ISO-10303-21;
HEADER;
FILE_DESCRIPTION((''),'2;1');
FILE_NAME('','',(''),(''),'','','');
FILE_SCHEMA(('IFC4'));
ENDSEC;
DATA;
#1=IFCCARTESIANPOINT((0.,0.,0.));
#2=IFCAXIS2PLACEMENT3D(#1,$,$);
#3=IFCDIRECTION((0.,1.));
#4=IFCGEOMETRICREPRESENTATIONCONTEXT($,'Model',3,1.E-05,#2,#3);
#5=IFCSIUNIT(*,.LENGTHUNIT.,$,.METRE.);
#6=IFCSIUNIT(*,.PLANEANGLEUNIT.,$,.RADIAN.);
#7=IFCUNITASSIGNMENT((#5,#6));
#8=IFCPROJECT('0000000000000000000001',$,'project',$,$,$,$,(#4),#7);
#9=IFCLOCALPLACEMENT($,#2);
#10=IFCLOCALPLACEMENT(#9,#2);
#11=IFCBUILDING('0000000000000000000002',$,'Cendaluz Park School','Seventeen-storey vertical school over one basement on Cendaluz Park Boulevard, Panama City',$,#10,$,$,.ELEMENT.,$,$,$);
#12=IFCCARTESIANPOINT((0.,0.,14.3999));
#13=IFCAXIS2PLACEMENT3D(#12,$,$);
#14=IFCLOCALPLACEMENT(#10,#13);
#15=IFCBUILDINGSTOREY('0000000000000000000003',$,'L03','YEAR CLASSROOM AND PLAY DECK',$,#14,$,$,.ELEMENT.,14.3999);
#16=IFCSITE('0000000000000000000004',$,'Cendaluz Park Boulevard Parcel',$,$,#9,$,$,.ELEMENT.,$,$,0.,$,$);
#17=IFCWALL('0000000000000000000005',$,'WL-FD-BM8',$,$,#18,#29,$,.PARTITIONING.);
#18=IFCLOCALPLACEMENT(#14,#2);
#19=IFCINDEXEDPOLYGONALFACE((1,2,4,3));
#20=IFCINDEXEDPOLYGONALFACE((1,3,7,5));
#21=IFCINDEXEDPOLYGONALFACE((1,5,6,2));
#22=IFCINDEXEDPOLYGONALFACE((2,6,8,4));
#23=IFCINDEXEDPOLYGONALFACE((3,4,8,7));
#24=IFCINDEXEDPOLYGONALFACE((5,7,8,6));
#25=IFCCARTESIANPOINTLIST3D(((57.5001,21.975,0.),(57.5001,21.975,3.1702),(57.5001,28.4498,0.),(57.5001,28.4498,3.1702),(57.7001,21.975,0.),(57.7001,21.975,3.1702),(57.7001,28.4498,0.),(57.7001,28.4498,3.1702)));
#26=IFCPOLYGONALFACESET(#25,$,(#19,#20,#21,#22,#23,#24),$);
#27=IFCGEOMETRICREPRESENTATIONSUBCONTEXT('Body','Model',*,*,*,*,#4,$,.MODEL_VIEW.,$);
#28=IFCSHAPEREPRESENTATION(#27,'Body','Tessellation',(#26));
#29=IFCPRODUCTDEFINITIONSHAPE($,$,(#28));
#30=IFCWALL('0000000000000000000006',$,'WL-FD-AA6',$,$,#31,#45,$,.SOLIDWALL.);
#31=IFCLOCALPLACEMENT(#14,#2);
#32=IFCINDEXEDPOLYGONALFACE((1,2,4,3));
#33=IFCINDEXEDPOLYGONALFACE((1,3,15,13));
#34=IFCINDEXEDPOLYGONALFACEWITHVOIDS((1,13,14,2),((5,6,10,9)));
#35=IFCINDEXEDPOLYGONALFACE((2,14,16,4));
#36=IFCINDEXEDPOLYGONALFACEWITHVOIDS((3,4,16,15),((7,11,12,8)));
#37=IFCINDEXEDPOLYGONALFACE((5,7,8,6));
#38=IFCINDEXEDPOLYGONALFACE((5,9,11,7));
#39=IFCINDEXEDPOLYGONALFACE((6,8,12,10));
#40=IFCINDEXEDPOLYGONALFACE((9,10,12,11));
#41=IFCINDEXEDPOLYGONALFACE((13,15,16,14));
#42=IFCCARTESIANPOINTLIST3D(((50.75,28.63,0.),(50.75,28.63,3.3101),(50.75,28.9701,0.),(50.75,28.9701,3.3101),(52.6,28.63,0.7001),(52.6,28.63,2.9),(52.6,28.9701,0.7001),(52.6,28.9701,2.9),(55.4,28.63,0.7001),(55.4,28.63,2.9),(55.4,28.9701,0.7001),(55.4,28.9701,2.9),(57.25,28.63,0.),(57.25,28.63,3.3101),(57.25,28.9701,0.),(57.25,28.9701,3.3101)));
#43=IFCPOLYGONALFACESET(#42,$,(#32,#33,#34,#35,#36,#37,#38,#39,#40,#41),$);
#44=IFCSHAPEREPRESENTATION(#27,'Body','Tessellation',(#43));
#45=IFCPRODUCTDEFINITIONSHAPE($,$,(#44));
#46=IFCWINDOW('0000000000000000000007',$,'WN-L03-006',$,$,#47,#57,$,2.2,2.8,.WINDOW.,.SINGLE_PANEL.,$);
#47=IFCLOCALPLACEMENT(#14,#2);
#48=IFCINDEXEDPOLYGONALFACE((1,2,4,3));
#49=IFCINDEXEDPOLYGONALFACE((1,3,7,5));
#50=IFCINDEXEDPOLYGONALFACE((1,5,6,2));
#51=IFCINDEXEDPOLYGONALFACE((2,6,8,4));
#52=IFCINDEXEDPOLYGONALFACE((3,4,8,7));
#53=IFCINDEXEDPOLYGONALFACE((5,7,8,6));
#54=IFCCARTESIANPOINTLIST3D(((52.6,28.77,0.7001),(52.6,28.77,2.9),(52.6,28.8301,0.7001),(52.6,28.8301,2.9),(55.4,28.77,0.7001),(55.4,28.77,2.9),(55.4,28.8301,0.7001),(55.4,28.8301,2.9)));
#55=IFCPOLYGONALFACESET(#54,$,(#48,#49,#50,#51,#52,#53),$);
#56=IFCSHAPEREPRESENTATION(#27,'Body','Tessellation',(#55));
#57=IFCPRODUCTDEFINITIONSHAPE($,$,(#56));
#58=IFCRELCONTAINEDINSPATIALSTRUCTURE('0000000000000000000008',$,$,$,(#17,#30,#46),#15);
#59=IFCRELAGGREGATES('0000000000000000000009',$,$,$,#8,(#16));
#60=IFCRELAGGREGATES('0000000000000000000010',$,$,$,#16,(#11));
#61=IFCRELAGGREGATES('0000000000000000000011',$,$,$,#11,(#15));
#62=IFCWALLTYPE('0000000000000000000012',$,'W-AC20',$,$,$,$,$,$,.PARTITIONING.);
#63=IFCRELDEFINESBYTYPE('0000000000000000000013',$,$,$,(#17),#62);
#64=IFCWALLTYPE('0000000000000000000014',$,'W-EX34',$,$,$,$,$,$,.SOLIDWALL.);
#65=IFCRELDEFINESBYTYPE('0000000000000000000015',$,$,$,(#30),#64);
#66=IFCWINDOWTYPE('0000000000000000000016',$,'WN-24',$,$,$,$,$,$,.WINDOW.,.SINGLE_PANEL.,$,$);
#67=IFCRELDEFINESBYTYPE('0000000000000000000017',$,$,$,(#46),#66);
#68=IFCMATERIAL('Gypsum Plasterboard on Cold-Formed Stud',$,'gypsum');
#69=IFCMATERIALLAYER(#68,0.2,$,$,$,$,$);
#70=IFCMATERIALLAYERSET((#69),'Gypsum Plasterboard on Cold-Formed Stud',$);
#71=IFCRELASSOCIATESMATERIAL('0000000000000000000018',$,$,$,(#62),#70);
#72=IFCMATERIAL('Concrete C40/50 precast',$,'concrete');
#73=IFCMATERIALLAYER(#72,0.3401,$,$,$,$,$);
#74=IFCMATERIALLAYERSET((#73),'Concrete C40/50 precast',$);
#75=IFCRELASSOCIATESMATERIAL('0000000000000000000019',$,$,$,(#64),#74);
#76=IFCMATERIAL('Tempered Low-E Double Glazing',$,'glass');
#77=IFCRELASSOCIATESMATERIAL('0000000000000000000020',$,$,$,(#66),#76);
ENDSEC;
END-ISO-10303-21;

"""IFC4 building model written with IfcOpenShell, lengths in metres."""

from ifc_helpers import new_model, si_unit, direction, frame, frame_2d, origin, place, context, subcontext, project, spatial, rectangle, extrude, material, layer, layer_set, type_object, element, fill, save


model = new_model("IFC4")

# Units and contexts
model_context = context("Model", 3, precision=1e-05, world=origin(), true_north=direction((0.0, 1.0)))
body_context = subcontext(model_context, "Body", "Model", "MODEL_VIEW")
ifc_project = project(units=[si_unit("LENGTHUNIT", "METRE"), si_unit("PLANEANGLEUNIT", "RADIAN")], contexts=[model_context])

# Site, building, storey
site_placement = place(None, origin())
site = spatial("IfcSite", under=ifc_project, at=site_placement, Name="Cendaluz Park Boulevard Parcel", CompositionType="ELEMENT", RefElevation=0.0)
building_placement = place(site_placement, origin())
building = spatial("IfcBuilding", under=site, at=building_placement, Name="Cendaluz Park School", Description="Seventeen-storey vertical school over one basement on Cendaluz Park Boulevard, Panama City", CompositionType="ELEMENT")
storey_placement = place(building_placement, frame((0.0, 0.0, 14.3999)))
storey = spatial("IfcBuildingStorey", under=building, at=storey_placement, Name="L03", Description="YEAR CLASSROOM AND PLAY DECK", CompositionType="ELEMENT", Elevation=14.3999)

# Shared definitions
ifc_material_1 = material(Name="Tempered Low-E Double Glazing", Category="glass")

# Wall
ifc_material_2 = material(Name="Gypsum Plasterboard on Cold-Formed Stud", Category="gypsum")
ifc_layer_1 = layer(ifc_material_2, 0.2)
ifc_layer_set_1 = layer_set([ifc_layer_1], Name="Gypsum Plasterboard on Cold-Formed Stud")
wall_type_1 = type_object("IfcWallType", Name="W-AC20", PredefinedType="PARTITIONING", material=ifc_layer_set_1)
wall_1_placement = place(storey_placement, frame((57.6001, 21.9751, 0.0), z_axis=(0.0, 0.0, 1.0), x_axis=(0.0, 1.0, 0.0)))
element("IfcWall", 1, at=wall_1_placement, inside=storey, type_object=wall_type_1, Name="WL-FD-BM8", PredefinedType="PARTITIONING", context=body_context, shape_type="SweptSolid", body=[
    extrude(rectangle(XDim=6.4749, YDim=0.2, at=frame_2d((3.2373, 0.0))), origin(), (0.0, 0.0, 1.0), 3.1702),
])

# Wall, opening, window
ifc_material_3 = material(Name="Concrete C40/50 precast", Category="concrete")
ifc_layer_2 = layer(ifc_material_3, 0.3401)
ifc_layer_set_2 = layer_set([ifc_layer_2], Name="Concrete C40/50 precast")
wall_type_2 = type_object("IfcWallType", Name="W-EX34", PredefinedType="SOLIDWALL", material=ifc_layer_set_2)
wall_2_placement = place(storey_placement, frame((50.75, 28.8, 0.0), z_axis=(0.0, 0.0, 1.0), x_axis=(1.0, 0.0, 0.0)))
wall_2 = element("IfcWall", 2, at=wall_2_placement, inside=storey, type_object=wall_type_2, Name="WL-FD-AA6", PredefinedType="SOLIDWALL", context=body_context, shape_type="SweptSolid", body=[
    extrude(rectangle(XDim=6.5, YDim=0.3401, at=frame_2d((3.25, 0.0))), origin(), (0.0, 0.0, 1.0), 3.3101),
])
opening_placement = place(wall_2_placement, frame((1.8501, 0.0, 0.7)))
opening = element("IfcOpeningElement", 3, at=opening_placement, cuts=wall_2, PredefinedType="OPENING", context=body_context, shape_type="SweptSolid", body=[
    extrude(rectangle(XDim=2.8, YDim=2.2, at=frame_2d((1.3999, 1.1001))), frame((0.0, 0.1821, 0.0), z_axis=(0.0, -1.0, 0.0), x_axis=(1.0, 0.0, 0.0)), (0.0, 0.0, 1.0), 0.364),
])
window_type = type_object("IfcWindowType", Name="WN-24", PartitioningType="SINGLE_PANEL", PredefinedType="WINDOW", material=ifc_material_1)
window_placement = place(opening_placement, origin())
window = element("IfcWindow", 4, at=window_placement, inside=storey, type_object=window_type, Name="WN-L03-006", OverallHeight=2.2, OverallWidth=2.8, PartitioningType="SINGLE_PANEL", PredefinedType="WINDOW", context=body_context, shape_type="SweptSolid", body=[
    extrude(rectangle(XDim=2.8, YDim=2.2, at=frame_2d((1.3999, 1.1001))), frame((0.0, 0.03, 0.0), z_axis=(0.0, -1.0, 0.0), x_axis=(1.0, 0.0, 0.0)), (0.0, 0.0, 1.0), 0.0601),
])
fill(opening, window)

save(model, "model.ifc")
